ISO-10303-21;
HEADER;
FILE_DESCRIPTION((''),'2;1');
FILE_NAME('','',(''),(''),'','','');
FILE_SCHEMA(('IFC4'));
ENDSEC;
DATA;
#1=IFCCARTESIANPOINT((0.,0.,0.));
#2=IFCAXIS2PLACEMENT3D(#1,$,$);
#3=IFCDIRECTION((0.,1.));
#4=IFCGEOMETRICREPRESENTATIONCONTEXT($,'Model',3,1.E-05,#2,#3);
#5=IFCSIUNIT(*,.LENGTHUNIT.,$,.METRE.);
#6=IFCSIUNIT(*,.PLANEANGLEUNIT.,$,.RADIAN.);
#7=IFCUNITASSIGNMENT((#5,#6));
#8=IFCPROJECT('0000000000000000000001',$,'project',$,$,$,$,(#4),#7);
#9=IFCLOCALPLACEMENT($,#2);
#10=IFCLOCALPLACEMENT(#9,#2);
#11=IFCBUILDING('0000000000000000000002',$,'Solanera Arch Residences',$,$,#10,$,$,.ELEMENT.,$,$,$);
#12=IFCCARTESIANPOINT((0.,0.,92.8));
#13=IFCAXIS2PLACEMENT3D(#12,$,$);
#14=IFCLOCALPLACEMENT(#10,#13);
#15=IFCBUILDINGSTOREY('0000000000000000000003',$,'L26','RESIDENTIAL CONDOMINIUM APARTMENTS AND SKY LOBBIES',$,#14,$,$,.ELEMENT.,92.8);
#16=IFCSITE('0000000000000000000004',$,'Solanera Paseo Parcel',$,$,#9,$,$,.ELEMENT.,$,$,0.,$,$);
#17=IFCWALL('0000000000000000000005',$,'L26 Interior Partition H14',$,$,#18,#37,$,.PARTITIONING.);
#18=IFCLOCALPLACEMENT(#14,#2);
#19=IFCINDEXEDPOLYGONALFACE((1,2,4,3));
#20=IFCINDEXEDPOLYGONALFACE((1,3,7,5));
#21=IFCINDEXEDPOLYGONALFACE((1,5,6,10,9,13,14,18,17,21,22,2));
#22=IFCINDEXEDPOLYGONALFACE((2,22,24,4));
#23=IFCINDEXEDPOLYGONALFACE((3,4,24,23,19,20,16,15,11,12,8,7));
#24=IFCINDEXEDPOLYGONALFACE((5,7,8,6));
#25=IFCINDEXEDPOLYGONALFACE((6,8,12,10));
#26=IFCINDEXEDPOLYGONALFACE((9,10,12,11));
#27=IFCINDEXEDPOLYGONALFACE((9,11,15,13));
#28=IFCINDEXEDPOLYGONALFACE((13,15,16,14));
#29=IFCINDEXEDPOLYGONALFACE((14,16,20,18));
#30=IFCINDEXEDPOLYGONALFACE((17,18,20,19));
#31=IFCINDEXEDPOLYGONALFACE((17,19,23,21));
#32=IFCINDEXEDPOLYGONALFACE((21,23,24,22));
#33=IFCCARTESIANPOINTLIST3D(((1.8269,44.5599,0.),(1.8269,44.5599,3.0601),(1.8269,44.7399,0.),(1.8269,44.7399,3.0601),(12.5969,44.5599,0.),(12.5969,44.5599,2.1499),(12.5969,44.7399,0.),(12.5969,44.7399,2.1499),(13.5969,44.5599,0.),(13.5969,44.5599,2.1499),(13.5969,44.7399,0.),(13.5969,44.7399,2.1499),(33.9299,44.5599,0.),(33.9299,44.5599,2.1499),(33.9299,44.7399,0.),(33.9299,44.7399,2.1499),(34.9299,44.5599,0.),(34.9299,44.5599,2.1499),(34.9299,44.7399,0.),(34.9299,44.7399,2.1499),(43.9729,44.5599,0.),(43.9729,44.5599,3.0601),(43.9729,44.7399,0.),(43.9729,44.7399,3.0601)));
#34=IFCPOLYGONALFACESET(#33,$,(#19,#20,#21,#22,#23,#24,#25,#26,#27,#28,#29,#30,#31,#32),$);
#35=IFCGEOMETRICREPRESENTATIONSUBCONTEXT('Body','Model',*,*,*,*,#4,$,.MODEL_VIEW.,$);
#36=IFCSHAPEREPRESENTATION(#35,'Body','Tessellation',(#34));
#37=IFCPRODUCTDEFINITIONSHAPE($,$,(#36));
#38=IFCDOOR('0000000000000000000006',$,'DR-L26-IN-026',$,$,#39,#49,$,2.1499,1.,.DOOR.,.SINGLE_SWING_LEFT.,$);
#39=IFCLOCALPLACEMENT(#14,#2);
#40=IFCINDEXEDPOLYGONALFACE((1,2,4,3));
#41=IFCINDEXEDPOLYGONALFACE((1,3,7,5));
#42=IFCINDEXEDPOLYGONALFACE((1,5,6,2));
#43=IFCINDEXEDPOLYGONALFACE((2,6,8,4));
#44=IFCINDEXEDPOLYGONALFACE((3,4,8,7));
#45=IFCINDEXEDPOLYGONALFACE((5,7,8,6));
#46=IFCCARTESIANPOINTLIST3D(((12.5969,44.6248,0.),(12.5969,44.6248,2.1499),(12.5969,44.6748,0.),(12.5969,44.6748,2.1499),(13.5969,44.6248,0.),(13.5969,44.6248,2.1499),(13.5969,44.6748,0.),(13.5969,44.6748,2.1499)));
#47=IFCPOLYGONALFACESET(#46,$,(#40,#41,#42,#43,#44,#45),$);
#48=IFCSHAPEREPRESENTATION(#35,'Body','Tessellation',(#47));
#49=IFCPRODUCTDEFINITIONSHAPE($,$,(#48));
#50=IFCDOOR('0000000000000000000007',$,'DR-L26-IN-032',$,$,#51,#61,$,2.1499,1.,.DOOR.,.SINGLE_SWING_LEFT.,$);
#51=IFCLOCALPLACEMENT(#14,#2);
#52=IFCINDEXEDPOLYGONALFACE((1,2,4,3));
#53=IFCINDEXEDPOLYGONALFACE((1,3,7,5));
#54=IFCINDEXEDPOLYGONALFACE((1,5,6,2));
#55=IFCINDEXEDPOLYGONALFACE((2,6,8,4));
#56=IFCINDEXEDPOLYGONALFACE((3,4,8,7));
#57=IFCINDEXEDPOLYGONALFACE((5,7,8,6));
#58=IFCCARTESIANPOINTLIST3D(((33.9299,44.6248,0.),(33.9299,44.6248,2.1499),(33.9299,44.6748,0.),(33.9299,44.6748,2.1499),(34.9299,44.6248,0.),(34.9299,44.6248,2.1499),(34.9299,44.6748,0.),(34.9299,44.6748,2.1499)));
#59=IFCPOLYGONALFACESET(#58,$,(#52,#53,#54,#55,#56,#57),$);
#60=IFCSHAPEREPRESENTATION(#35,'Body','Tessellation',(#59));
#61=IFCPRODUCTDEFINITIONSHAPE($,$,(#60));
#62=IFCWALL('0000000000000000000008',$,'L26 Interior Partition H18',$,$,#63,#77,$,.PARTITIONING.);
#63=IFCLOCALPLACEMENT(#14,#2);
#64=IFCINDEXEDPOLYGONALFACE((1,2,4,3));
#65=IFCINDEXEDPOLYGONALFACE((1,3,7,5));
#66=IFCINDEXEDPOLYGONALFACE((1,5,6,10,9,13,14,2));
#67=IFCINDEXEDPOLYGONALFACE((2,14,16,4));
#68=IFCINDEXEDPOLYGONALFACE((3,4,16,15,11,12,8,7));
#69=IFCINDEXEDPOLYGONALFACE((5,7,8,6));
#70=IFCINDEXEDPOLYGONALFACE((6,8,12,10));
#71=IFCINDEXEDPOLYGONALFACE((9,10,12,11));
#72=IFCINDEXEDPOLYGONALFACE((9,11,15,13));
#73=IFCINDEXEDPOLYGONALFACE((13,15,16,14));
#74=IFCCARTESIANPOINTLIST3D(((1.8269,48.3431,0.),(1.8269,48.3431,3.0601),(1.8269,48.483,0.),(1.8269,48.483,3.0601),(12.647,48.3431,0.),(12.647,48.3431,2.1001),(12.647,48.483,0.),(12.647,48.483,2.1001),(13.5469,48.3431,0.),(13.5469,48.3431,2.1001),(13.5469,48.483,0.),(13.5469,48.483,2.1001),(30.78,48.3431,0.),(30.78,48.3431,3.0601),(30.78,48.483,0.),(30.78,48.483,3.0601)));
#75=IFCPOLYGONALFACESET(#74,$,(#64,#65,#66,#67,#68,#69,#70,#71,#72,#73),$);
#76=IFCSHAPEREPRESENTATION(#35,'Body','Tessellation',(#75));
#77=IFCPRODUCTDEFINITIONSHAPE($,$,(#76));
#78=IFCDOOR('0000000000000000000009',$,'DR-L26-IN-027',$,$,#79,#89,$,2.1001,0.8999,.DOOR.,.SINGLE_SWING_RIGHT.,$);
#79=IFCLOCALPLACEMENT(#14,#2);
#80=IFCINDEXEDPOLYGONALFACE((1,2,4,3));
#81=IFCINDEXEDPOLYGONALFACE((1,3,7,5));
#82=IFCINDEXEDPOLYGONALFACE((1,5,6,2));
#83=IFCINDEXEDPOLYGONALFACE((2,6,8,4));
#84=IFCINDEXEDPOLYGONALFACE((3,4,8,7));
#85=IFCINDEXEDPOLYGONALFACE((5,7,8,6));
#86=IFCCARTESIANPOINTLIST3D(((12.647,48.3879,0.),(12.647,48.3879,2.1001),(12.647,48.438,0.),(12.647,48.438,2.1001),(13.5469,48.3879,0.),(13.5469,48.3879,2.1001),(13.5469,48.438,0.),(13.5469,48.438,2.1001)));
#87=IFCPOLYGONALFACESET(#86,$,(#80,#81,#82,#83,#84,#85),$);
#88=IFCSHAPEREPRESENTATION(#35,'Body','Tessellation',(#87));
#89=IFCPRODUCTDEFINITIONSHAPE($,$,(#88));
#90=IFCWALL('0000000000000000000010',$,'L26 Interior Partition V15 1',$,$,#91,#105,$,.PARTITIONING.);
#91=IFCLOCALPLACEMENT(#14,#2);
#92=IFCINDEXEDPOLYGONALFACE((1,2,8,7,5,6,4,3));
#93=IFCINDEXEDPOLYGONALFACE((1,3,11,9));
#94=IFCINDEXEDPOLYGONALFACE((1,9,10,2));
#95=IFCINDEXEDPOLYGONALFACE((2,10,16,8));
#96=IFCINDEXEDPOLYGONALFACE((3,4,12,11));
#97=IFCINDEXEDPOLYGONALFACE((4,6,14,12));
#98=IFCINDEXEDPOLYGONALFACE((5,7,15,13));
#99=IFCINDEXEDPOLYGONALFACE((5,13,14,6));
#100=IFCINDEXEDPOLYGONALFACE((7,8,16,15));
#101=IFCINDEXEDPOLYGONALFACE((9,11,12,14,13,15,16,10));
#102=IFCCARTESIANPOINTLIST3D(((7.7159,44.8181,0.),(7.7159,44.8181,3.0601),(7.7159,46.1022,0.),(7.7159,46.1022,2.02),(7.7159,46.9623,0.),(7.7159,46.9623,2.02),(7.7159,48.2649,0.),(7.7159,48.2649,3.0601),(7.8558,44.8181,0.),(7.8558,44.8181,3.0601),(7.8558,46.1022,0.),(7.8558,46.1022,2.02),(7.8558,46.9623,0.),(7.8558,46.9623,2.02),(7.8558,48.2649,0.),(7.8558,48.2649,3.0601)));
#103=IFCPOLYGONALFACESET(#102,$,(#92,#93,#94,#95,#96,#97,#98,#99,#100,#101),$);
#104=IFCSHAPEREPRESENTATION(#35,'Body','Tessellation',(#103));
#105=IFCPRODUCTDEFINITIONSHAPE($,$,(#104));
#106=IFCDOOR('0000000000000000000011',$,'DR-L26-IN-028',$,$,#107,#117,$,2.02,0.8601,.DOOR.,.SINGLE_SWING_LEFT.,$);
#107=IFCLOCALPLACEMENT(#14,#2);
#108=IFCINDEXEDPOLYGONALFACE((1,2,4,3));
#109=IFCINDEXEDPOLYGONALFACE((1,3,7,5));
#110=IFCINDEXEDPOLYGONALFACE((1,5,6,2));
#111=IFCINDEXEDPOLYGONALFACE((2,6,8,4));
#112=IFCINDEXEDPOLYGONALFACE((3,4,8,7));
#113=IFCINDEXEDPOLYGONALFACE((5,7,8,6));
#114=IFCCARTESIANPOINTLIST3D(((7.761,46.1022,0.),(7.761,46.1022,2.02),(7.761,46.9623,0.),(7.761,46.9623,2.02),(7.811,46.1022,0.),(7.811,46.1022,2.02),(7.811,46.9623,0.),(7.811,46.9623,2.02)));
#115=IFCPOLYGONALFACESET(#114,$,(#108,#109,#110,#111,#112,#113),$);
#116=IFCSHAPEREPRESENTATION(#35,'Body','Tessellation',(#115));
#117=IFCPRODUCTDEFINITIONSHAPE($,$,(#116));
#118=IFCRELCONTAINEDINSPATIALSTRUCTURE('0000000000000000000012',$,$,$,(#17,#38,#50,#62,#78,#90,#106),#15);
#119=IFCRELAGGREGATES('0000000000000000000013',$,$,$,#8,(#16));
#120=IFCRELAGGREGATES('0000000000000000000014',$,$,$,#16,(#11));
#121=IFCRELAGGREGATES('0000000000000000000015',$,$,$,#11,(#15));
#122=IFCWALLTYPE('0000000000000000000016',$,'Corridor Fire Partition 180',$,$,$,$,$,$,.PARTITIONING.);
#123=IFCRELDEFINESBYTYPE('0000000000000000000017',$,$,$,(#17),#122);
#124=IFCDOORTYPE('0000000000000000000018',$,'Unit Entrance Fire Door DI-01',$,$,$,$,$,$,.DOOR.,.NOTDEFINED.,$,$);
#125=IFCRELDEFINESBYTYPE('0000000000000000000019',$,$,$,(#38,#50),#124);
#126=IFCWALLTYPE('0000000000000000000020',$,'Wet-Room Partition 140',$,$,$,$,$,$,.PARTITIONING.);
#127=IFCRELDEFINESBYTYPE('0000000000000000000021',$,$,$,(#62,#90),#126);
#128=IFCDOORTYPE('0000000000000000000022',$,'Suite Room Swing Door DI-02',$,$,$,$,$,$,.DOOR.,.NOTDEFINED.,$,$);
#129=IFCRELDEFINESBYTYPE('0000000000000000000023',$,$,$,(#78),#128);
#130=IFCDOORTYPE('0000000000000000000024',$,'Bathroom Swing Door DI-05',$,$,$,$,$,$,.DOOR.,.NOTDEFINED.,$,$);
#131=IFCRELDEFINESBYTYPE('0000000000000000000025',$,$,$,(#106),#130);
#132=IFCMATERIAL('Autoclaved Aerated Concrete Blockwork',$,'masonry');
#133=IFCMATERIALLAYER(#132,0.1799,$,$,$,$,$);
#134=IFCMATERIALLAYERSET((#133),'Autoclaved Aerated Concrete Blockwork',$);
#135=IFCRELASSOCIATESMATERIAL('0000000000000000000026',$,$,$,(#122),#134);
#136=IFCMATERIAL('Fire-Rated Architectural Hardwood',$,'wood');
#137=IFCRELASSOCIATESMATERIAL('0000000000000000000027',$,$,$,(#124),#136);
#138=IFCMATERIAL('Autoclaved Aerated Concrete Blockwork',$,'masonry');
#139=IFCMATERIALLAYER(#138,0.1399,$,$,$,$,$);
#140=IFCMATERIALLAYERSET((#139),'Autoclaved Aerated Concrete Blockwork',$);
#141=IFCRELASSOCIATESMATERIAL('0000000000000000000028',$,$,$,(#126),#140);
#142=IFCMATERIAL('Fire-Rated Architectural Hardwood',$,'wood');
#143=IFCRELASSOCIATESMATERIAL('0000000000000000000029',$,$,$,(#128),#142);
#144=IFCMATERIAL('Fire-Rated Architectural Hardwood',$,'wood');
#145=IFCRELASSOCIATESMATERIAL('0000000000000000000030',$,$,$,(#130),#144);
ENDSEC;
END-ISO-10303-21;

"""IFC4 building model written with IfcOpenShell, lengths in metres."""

from ifc_helpers import new_model, si_unit, direction, frame, frame_2d, origin, place, context, subcontext, project, spatial, rectangle, extrude, material, layer, layer_set, type_object, element, fill, save


model = new_model("IFC4")

# Units and contexts
model_context = context("Model", 3, precision=1e-05, world=origin(), true_north=direction((0.0, 1.0)))
body_context = subcontext(model_context, "Body", "Model", "MODEL_VIEW")
ifc_project = project(units=[si_unit("LENGTHUNIT", "METRE"), si_unit("PLANEANGLEUNIT", "RADIAN")], contexts=[model_context])

# Site, building, storey
site_placement = place(None, origin())
site = spatial("IfcSite", under=ifc_project, at=site_placement, Name="Solanera Paseo Parcel", CompositionType="ELEMENT", RefElevation=0.0)
building_placement = place(site_placement, origin())
building = spatial("IfcBuilding", under=site, at=building_placement, Name="Solanera Arch Residences", CompositionType="ELEMENT")
storey_placement = place(building_placement, frame((0.0, 0.0, 92.8)))
storey = spatial("IfcBuildingStorey", under=building, at=storey_placement, Name="L26", Description="RESIDENTIAL CONDOMINIUM APARTMENTS AND SKY LOBBIES", CompositionType="ELEMENT", Elevation=92.8)

# Wall, openings, doors
ifc_material_1 = material(Name="Autoclaved Aerated Concrete Blockwork", Category="masonry")
ifc_layer_1 = layer(ifc_material_1, 0.1799)
ifc_layer_set_1 = layer_set([ifc_layer_1], Name="Autoclaved Aerated Concrete Blockwork")
wall_type_1 = type_object("IfcWallType", Name="Corridor Fire Partition 180", PredefinedType="PARTITIONING", material=ifc_layer_set_1)
wall_1_placement = place(storey_placement, frame((1.8269, 44.6499, 0.0), z_axis=(0.0, 0.0, 1.0), x_axis=(1.0, 0.0, 0.0)))
wall_1 = element("IfcWall", 1, at=wall_1_placement, inside=storey, type_object=wall_type_1, Name="L26 Interior Partition H14", PredefinedType="PARTITIONING", context=body_context, shape_type="SweptSolid", body=[
    extrude(rectangle(XDim=42.146, YDim=0.1799, at=frame_2d((21.073, 0.0))), origin(), (0.0, 0.0, 1.0), 3.0601),
])
opening_1_placement = place(wall_1_placement, frame((10.77, 0.0, 0.0)))
opening_1 = element("IfcOpeningElement", 2, at=opening_1_placement, cuts=wall_1, PredefinedType="OPENING", context=body_context, shape_type="SweptSolid", body=[
    extrude(rectangle(XDim=1.0, YDim=2.1499, at=frame_2d((0.5, 1.075))), frame((0.0, 0.1001, 0.0), z_axis=(0.0, -1.0, 0.0), x_axis=(1.0, 0.0, 0.0)), (0.0, 0.0, 1.0), 0.1999),
])
opening_2_placement = place(wall_1_placement, frame((32.103, 0.0, 0.0)))
opening_2 = element("IfcOpeningElement", 3, at=opening_2_placement, cuts=wall_1, PredefinedType="OPENING", context=body_context, shape_type="SweptSolid", body=[
    extrude(rectangle(XDim=1.0, YDim=2.1499, at=frame_2d((0.5, 1.075))), frame((0.0, 0.1001, 0.0), z_axis=(0.0, -1.0, 0.0), x_axis=(1.0, 0.0, 0.0)), (0.0, 0.0, 1.0), 0.1999),
])
ifc_material_2 = material(Name="Fire-Rated Architectural Hardwood", Category="wood")
door_type_1 = type_object("IfcDoorType", Name="Unit Entrance Fire Door DI-01", OperationType="NOTDEFINED", PredefinedType="DOOR", material=ifc_material_2)
door_1_placement = place(opening_1_placement, origin())
door_1 = element("IfcDoor", 4, at=door_1_placement, inside=storey, type_object=door_type_1, Name="DR-L26-IN-026", OperationType="SINGLE_SWING_LEFT", OverallHeight=2.1499, OverallWidth=1.0, PredefinedType="DOOR", context=body_context, shape_type="SweptSolid", body=[
    extrude(rectangle(XDim=1.0, YDim=2.1499, at=frame_2d((0.5, 1.075))), frame((0.0, 0.0249, 0.0), z_axis=(0.0, -1.0, 0.0), x_axis=(1.0, 0.0, 0.0)), (0.0, 0.0, 1.0), 0.05),
])
fill(opening_1, door_1)
door_2_placement = place(opening_2_placement, origin())
door_2 = element("IfcDoor", 5, at=door_2_placement, inside=storey, type_object=door_type_1, Name="DR-L26-IN-032", OperationType="SINGLE_SWING_LEFT", OverallHeight=2.1499, OverallWidth=1.0, PredefinedType="DOOR", context=body_context, shape_type="SweptSolid", body=[
    extrude(rectangle(XDim=1.0, YDim=2.1499, at=frame_2d((0.5, 1.075))), frame((0.0, 0.0249, 0.0), z_axis=(0.0, -1.0, 0.0), x_axis=(1.0, 0.0, 0.0)), (0.0, 0.0, 1.0), 0.05),
])
fill(opening_2, door_2)

# Walls, openings, doors
ifc_material_3 = material(Name="Autoclaved Aerated Concrete Blockwork", Category="masonry")
ifc_layer_2 = layer(ifc_material_3, 0.1399)
ifc_layer_set_2 = layer_set([ifc_layer_2], Name="Autoclaved Aerated Concrete Blockwork")
wall_type_2 = type_object("IfcWallType", Name="Wet-Room Partition 140", PredefinedType="PARTITIONING", material=ifc_layer_set_2)
wall_2_placement = place(storey_placement, frame((1.8269, 48.4131, 0.0), z_axis=(0.0, 0.0, 1.0), x_axis=(1.0, 0.0, 0.0)))
wall_2 = element("IfcWall", 6, at=wall_2_placement, inside=storey, type_object=wall_type_2, Name="L26 Interior Partition H18", PredefinedType="PARTITIONING", context=body_context, shape_type="SweptSolid", body=[
    extrude(rectangle(XDim=28.9531, YDim=0.1399, at=frame_2d((14.4766, 0.0))), origin(), (0.0, 0.0, 1.0), 3.0601),
])
opening_3_placement = place(wall_2_placement, frame((10.8201, 0.0, 0.0)))
opening_3 = element("IfcOpeningElement", 7, at=opening_3_placement, cuts=wall_2, PredefinedType="OPENING", context=body_context, shape_type="SweptSolid", body=[
    extrude(rectangle(XDim=0.8999, YDim=2.1001, at=frame_2d((0.45, 1.05))), frame((0.0, 0.0798, 0.0), z_axis=(0.0, -1.0, 0.0), x_axis=(1.0, 0.0, 0.0)), (0.0, 0.0, 1.0), 0.1599),
])
ifc_material_4 = material(Name="Fire-Rated Architectural Hardwood", Category="wood")
door_type_2 = type_object("IfcDoorType", Name="Suite Room Swing Door DI-02", OperationType="NOTDEFINED", PredefinedType="DOOR", material=ifc_material_4)
door_3_placement = place(opening_3_placement, origin())
door_3 = element("IfcDoor", 8, at=door_3_placement, inside=storey, type_object=door_type_2, Name="DR-L26-IN-027", OperationType="SINGLE_SWING_RIGHT", OverallHeight=2.1001, OverallWidth=0.8999, PredefinedType="DOOR", context=body_context, shape_type="SweptSolid", body=[
    extrude(rectangle(XDim=0.8999, YDim=2.1001, at=frame_2d((0.45, 1.05))), frame((0.0, 0.0249, 0.0), z_axis=(0.0, -1.0, 0.0), x_axis=(1.0, 0.0, 0.0)), (0.0, 0.0, 1.0), 0.05),
])
fill(opening_3, door_3)
wall_3_placement = place(storey_placement, frame((7.7859, 44.8181, 0.0), z_axis=(0.0, 0.0, 1.0), x_axis=(0.0, 1.0, 0.0)))
wall_3 = element("IfcWall", 9, at=wall_3_placement, inside=storey, type_object=wall_type_2, Name="L26 Interior Partition V15 1", PredefinedType="PARTITIONING", context=body_context, shape_type="SweptSolid", body=[
    extrude(rectangle(XDim=3.4468, YDim=0.1399, at=frame_2d((1.7234, 0.0))), origin(), (0.0, 0.0, 1.0), 3.0601),
])
opening_4_placement = place(wall_3_placement, frame((1.2839, 0.0, 0.0)))
opening_4 = element("IfcOpeningElement", 10, at=opening_4_placement, cuts=wall_3, PredefinedType="OPENING", context=body_context, shape_type="SweptSolid", body=[
    extrude(rectangle(XDim=0.8601, YDim=2.02, at=frame_2d((0.4302, 1.01))), frame((0.0, 0.0798, 0.0), z_axis=(0.0, -1.0, 0.0), x_axis=(1.0, 0.0, 0.0)), (0.0, 0.0, 1.0), 0.1599),
])
ifc_material_5 = material(Name="Fire-Rated Architectural Hardwood", Category="wood")
door_type_3 = type_object("IfcDoorType", Name="Bathroom Swing Door DI-05", OperationType="NOTDEFINED", PredefinedType="DOOR", material=ifc_material_5)
door_4_placement = place(opening_4_placement, origin())
door_4 = element("IfcDoor", 11, at=door_4_placement, inside=storey, type_object=door_type_3, Name="DR-L26-IN-028", OperationType="SINGLE_SWING_LEFT", OverallHeight=2.02, OverallWidth=0.8601, PredefinedType="DOOR", context=body_context, shape_type="SweptSolid", body=[
    extrude(rectangle(XDim=0.8601, YDim=2.02, at=frame_2d((0.4302, 1.01))), frame((0.0, 0.0249, 0.0), z_axis=(0.0, -1.0, 0.0), x_axis=(1.0, 0.0, 0.0)), (0.0, 0.0, 1.0), 0.05),
])
fill(opening_4, door_4)

save(model, "model.ifc")
